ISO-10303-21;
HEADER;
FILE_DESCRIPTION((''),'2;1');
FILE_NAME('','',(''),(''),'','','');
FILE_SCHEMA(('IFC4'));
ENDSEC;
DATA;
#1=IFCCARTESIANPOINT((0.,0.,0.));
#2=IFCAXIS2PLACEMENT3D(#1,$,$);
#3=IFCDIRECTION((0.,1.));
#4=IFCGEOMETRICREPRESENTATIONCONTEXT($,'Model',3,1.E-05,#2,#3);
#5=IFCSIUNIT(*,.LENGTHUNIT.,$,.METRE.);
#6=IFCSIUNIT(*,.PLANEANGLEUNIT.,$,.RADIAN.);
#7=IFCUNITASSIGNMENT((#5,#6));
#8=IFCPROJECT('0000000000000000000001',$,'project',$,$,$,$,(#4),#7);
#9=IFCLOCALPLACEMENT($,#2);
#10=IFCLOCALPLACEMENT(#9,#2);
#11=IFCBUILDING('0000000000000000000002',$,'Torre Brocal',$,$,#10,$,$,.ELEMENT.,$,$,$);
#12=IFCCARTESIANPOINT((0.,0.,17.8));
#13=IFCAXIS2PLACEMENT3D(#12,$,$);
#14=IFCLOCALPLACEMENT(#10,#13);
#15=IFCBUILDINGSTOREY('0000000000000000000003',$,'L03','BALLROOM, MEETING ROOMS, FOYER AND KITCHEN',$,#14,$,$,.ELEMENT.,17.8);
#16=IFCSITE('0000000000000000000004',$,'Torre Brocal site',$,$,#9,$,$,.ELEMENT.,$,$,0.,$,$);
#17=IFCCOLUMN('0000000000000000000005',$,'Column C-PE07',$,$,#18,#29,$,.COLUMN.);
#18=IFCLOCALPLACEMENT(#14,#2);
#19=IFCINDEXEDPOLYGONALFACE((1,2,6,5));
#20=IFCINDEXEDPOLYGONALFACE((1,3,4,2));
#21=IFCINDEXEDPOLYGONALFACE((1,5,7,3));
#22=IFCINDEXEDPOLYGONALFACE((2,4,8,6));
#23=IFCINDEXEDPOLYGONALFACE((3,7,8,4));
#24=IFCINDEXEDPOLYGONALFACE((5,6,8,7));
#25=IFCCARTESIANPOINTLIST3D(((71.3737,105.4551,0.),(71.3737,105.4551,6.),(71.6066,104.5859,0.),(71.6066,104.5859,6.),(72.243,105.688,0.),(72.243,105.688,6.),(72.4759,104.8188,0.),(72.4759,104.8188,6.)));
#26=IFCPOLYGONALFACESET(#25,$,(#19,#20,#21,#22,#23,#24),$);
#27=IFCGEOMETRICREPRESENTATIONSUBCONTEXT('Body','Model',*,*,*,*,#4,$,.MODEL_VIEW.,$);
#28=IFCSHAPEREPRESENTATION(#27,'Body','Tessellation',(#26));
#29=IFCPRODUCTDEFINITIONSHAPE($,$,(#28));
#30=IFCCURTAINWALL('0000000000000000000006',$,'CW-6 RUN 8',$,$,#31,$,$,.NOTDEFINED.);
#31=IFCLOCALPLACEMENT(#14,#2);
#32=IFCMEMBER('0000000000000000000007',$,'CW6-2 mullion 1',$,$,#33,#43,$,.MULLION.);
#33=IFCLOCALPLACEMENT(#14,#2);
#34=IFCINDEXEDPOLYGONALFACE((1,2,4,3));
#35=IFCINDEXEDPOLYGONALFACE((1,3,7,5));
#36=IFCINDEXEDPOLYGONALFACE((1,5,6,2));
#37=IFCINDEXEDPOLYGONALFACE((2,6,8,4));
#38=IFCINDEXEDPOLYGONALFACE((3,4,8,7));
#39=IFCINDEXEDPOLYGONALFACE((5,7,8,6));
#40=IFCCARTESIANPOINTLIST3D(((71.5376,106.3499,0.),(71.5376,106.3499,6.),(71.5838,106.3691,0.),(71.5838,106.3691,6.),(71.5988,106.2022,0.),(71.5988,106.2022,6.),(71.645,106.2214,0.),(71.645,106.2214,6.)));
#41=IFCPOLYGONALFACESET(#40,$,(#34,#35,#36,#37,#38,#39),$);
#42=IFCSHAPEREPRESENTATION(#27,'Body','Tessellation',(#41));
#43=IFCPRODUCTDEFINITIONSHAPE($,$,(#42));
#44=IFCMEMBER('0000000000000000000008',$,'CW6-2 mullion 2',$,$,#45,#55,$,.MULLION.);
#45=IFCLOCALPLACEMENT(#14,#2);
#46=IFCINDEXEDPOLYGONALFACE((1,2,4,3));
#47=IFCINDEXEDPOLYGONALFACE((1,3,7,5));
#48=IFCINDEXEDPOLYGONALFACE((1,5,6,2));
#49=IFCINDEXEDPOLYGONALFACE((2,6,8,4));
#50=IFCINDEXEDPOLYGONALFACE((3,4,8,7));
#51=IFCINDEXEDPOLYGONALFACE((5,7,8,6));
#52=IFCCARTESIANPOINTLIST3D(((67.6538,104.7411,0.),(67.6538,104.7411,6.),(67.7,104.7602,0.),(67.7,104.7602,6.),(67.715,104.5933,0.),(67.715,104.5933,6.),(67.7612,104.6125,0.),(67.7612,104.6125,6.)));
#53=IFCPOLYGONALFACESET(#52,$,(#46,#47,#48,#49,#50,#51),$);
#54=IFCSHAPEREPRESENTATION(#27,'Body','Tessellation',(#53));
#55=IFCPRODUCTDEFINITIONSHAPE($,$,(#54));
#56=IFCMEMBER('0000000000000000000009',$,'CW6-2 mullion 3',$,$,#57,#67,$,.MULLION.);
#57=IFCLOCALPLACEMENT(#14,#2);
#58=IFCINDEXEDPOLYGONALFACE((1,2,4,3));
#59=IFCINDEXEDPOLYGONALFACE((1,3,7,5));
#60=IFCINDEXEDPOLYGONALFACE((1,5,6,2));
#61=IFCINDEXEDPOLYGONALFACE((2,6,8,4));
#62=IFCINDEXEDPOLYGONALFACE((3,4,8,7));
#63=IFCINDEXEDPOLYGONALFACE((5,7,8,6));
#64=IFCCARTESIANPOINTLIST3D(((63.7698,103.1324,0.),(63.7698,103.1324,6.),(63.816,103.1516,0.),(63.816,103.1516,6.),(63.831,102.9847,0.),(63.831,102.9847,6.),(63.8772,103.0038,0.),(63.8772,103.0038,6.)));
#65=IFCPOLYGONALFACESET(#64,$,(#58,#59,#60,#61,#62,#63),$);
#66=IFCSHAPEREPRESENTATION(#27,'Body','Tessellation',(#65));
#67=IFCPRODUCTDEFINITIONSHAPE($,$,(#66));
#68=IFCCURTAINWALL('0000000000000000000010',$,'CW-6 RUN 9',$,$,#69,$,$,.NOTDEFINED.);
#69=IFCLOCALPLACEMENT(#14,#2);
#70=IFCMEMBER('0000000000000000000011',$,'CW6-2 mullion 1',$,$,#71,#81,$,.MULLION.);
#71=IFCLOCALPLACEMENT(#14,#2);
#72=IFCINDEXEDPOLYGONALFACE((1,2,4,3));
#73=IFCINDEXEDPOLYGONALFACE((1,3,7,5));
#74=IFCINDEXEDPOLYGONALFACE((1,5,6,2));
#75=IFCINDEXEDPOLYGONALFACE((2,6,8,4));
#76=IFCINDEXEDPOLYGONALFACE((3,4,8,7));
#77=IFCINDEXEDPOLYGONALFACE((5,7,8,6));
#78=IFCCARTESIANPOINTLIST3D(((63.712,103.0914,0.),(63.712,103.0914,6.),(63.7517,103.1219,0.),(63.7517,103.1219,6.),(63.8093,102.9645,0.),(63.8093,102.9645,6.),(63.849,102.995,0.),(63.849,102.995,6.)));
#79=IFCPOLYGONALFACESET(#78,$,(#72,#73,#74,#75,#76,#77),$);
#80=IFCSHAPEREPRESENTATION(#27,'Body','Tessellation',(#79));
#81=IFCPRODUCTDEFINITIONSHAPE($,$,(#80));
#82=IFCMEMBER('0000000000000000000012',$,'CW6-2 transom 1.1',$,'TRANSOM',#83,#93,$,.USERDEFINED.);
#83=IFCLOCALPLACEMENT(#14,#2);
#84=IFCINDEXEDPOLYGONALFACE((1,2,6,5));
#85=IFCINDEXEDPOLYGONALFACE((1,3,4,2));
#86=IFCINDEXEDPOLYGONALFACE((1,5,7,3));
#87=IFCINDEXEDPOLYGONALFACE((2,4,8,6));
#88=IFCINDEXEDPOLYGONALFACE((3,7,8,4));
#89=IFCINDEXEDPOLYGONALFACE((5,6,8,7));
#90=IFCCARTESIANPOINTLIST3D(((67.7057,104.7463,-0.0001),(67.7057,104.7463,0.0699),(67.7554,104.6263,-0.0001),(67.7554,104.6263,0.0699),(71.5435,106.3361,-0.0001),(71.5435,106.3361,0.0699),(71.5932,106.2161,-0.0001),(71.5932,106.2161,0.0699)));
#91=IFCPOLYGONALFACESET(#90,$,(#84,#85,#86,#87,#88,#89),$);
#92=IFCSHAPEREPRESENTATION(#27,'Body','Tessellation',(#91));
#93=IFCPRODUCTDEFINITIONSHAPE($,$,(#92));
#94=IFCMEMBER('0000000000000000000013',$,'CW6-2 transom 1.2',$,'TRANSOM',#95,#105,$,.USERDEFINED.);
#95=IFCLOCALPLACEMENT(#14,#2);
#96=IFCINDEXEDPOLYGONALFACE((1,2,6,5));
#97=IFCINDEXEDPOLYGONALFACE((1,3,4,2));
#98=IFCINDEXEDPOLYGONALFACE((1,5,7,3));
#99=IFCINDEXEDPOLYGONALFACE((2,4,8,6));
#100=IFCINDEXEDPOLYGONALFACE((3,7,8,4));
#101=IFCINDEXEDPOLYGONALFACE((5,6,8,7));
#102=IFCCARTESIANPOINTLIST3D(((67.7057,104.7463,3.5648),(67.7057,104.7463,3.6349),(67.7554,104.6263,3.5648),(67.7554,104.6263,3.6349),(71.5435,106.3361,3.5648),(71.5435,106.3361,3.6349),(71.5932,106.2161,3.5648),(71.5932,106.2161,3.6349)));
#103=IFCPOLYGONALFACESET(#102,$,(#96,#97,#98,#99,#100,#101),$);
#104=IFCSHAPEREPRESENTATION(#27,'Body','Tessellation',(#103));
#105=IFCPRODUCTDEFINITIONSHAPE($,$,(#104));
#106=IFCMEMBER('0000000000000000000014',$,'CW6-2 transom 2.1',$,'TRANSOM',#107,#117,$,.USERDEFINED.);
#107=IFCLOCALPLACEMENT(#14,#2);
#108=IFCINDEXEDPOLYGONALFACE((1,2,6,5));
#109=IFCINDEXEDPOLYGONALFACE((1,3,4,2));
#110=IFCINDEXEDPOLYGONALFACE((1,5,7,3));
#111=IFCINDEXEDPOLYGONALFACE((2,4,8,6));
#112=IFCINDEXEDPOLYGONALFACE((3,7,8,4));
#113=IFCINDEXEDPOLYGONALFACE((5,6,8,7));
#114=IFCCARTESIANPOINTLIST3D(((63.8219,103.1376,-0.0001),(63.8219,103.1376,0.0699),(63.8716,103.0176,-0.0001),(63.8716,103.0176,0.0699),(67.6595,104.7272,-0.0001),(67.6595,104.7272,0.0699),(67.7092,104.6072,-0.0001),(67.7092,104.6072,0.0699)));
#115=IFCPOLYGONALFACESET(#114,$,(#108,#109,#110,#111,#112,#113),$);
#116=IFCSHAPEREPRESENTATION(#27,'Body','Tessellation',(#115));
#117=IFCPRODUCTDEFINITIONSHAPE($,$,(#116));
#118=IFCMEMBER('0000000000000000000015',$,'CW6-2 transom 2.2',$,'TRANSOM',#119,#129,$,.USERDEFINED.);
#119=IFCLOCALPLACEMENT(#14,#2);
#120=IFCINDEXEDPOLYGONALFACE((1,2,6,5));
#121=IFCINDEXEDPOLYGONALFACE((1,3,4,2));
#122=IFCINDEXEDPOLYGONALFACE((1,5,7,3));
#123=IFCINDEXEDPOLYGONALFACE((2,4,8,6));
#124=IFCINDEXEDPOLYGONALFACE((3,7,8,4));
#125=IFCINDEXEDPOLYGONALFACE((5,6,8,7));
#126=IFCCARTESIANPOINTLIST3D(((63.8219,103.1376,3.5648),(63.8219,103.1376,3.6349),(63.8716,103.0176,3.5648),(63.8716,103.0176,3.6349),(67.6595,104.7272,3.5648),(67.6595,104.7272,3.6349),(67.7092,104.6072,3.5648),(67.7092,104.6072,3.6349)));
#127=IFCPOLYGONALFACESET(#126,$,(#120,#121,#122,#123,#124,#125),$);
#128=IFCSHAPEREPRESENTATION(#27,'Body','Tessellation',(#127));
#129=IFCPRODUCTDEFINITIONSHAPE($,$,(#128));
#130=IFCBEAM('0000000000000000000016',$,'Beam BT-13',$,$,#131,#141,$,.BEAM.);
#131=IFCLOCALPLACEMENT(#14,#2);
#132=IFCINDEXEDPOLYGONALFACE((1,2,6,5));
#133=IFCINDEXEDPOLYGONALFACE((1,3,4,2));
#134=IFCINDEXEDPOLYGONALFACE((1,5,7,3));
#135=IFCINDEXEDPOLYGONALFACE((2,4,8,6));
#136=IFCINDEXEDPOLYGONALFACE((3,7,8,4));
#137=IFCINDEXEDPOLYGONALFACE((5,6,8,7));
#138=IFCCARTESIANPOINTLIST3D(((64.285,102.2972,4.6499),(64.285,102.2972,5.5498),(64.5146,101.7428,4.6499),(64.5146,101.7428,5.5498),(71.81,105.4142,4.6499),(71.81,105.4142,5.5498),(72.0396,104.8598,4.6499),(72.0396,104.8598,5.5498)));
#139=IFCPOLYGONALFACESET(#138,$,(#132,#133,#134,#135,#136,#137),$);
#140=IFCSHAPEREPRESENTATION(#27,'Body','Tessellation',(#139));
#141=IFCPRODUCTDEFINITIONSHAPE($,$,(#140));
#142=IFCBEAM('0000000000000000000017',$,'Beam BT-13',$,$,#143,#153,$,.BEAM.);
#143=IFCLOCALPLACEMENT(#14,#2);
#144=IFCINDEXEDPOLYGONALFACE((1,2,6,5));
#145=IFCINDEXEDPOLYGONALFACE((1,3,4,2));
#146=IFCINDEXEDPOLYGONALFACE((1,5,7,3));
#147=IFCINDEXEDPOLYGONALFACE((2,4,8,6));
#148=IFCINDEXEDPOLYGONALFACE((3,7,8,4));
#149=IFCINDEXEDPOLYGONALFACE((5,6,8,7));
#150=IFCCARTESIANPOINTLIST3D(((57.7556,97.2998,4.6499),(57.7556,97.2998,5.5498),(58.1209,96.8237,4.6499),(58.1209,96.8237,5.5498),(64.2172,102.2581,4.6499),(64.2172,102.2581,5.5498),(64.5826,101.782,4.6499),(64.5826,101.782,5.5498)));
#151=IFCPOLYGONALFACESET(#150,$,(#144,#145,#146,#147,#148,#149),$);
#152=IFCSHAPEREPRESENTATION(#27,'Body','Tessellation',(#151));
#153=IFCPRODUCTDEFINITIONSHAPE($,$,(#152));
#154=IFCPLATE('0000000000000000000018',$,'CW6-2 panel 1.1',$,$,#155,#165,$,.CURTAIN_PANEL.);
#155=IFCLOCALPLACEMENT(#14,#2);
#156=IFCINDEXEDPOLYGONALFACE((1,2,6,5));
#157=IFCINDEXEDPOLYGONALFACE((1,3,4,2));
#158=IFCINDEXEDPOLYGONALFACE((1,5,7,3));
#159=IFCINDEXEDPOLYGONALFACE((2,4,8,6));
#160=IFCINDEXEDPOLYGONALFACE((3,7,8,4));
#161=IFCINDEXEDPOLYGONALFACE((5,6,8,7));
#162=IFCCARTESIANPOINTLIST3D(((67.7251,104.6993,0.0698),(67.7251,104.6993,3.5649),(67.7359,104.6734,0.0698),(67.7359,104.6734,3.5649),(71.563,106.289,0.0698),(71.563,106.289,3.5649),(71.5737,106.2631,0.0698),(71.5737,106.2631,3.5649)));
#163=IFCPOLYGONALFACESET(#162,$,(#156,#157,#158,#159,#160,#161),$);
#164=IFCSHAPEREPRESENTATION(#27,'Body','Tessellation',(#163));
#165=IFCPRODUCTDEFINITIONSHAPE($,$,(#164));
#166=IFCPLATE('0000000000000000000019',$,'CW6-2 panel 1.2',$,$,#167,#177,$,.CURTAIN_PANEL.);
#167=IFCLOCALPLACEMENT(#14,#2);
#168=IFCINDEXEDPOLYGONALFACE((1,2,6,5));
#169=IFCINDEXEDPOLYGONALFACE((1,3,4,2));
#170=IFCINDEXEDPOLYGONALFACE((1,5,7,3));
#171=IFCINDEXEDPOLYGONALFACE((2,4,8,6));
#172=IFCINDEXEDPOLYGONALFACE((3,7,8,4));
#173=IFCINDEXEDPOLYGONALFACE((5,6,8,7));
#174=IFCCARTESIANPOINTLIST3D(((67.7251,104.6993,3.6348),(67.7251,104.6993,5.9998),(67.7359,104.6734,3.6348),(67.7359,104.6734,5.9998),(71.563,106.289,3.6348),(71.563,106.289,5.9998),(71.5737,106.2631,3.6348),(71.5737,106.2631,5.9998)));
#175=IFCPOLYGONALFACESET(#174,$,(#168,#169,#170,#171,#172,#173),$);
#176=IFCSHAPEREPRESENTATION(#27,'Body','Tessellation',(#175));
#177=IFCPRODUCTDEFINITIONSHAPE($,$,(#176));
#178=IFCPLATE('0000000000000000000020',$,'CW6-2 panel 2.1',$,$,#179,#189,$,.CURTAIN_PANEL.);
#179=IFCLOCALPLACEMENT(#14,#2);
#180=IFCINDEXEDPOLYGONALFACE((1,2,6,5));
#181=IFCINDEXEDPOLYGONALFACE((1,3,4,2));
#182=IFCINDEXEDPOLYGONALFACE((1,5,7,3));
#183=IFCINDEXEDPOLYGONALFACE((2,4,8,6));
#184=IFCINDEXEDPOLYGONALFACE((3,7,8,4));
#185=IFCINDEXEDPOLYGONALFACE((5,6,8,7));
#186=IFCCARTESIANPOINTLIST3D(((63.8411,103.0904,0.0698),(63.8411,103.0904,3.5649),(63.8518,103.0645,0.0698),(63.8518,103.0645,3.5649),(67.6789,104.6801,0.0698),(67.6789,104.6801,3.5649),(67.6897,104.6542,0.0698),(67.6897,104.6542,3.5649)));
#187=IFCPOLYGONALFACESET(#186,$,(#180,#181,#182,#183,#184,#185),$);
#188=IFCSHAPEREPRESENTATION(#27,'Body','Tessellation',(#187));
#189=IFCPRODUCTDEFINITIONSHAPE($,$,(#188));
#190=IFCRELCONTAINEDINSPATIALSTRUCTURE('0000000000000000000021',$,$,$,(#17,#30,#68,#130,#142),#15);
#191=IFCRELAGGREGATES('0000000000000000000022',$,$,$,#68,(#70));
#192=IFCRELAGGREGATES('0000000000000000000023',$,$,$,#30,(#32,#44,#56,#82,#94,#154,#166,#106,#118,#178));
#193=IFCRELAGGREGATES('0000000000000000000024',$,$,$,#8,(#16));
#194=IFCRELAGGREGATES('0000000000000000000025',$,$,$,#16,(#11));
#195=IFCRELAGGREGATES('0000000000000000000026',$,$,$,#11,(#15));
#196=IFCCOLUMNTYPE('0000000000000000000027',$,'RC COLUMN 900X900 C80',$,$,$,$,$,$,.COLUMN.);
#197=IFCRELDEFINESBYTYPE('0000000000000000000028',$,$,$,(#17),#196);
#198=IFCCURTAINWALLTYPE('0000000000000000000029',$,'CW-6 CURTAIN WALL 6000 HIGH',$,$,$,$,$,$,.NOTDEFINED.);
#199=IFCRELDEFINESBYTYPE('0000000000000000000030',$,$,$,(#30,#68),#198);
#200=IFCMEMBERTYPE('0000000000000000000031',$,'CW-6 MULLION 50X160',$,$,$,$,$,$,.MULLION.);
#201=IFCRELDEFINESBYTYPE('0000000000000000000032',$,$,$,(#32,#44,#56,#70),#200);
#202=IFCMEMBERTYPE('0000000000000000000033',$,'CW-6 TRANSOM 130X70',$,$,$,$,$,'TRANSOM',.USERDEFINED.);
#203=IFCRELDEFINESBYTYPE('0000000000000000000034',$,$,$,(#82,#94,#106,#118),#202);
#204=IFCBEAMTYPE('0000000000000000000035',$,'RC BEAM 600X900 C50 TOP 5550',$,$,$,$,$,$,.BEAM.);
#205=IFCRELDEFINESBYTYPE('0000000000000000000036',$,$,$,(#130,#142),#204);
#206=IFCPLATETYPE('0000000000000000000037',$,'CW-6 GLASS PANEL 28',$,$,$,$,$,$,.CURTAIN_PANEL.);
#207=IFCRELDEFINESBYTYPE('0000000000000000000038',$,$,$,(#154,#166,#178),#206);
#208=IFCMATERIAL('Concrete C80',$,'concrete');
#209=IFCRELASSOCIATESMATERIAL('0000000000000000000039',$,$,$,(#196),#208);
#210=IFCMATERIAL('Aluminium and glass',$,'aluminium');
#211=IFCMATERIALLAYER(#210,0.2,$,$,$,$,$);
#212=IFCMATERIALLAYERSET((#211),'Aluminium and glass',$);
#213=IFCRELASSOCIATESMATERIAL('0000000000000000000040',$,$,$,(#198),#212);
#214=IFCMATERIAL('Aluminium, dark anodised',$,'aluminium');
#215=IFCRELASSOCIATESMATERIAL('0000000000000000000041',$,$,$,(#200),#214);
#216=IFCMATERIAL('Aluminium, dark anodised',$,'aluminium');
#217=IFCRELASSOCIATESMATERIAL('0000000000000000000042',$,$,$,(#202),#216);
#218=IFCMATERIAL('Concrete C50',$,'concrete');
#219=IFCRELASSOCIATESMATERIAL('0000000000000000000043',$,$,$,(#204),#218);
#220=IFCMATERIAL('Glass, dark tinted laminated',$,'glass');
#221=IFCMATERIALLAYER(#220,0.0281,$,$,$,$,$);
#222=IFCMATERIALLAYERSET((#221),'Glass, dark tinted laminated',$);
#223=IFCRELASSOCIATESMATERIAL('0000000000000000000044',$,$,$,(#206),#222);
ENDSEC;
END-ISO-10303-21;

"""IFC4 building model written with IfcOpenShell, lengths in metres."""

from ifc_helpers import new_model, si_unit, direction, frame, origin, origin_2d, place, context, subcontext, project, spatial, rectangle, extrude, material, layer, layer_set, material_profile, profile_set, type_object, element, aggregate, save


model = new_model("IFC4")

# Units and contexts
model_context = context("Model", 3, precision=1e-05, world=origin(), true_north=direction((0.0, 1.0)))
body_context = subcontext(model_context, "Body", "Model", "MODEL_VIEW")
ifc_project = project(units=[si_unit("LENGTHUNIT", "METRE"), si_unit("PLANEANGLEUNIT", "RADIAN")], contexts=[model_context])

# Site, building, storey
site_placement = place(None, origin())
site = spatial("IfcSite", under=ifc_project, at=site_placement, Name="Torre Brocal site", CompositionType="ELEMENT", RefElevation=0.0)
building_placement = place(site_placement, origin())
building = spatial("IfcBuilding", under=site, at=building_placement, Name="Torre Brocal", CompositionType="ELEMENT")
storey_placement = place(building_placement, frame((0.0, 0.0, 17.8)))
storey = spatial("IfcBuildingStorey", under=building, at=storey_placement, Name="L03", Description="BALLROOM, MEETING ROOMS, FOYER AND KITCHEN", CompositionType="ELEMENT", Elevation=17.8)

# Column
ifc_material_1 = material(Name="Concrete C80", Category="concrete")
ifc_material_profile_1 = material_profile(ifc_material_1, rectangle(XDim=0.8999, YDim=0.8999, at=origin_2d()), Name="RC 900X900")
ifc_profile_set_1 = profile_set([ifc_material_profile_1], Name="Concrete C80")
column_type = type_object("IfcColumnType", Name="RC COLUMN 900X900 C80", PredefinedType="COLUMN", material=ifc_profile_set_1)
column_placement = place(storey_placement, frame((71.9248, 105.137, 0.0), z_axis=(0.0, 0.0, 1.0), x_axis=(-0.258819, 0.965926, 0.0)))
element("IfcColumn", 1, at=column_placement, inside=storey, type_object=column_type, Name="Column C-PE07", PredefinedType="COLUMN", context=body_context, shape_type="SweptSolid", body=[
    extrude(rectangle(XDim=0.8999, YDim=0.8999, at=origin_2d()), origin(), (0.0, 0.0, 1.0), 6.0),
])

# Curtain wall, members
ifc_material_2 = material(Name="Aluminium and glass", Category="aluminium")
ifc_layer_1 = layer(ifc_material_2, 0.2)
ifc_layer_set_1 = layer_set([ifc_layer_1], Name="Aluminium and glass")
curtain_wall_type = type_object("IfcCurtainWallType", Name="CW-6 CURTAIN WALL 6000 HIGH", PredefinedType="NOTDEFINED", material=ifc_layer_set_1)
curtain_wall_1_placement = place(storey_placement, origin())
curtain_wall_1 = element("IfcCurtainWall", 2, at=curtain_wall_1_placement, inside=storey, type_object=curtain_wall_type, Name="CW-6 RUN 8", PredefinedType="NOTDEFINED")
ifc_material_3 = material(Name="Aluminium, dark anodised", Category="aluminium")
ifc_material_profile_2 = material_profile(ifc_material_3, rectangle(XDim=0.1599, YDim=0.05, at=origin_2d()), Name="CW-6 MULLION 50X160")
ifc_profile_set_2 = profile_set([ifc_material_profile_2], Name="Aluminium, dark anodised")
member_type_1 = type_object("IfcMemberType", Name="CW-6 MULLION 50X160", PredefinedType="MULLION", material=ifc_profile_set_2)
member_1_placement = place(storey_placement, frame((71.5913, 106.2856, 0.0), z_axis=(0.0, 0.0, 1.0), x_axis=(0.382683, -0.92388, 0.0)))
member_1 = element("IfcMember", 3, at=member_1_placement, type_object=member_type_1, Name="CW6-2 mullion 1", PredefinedType="MULLION", context=body_context, shape_type="SweptSolid", body=[
    extrude(rectangle(XDim=0.1599, YDim=0.05, at=origin_2d()), origin(), (0.0, 0.0, 1.0), 6.0),
])
member_2_placement = place(storey_placement, frame((67.7075, 104.6768, 0.0), z_axis=(0.0, 0.0, 1.0), x_axis=(0.382683, -0.92388, 0.0)))
member_2 = element("IfcMember", 4, at=member_2_placement, type_object=member_type_1, Name="CW6-2 mullion 2", PredefinedType="MULLION", context=body_context, shape_type="SweptSolid", body=[
    extrude(rectangle(XDim=0.1599, YDim=0.05, at=origin_2d()), origin(), (0.0, 0.0, 1.0), 6.0),
])
member_3_placement = place(storey_placement, frame((63.8235, 103.0681, 0.0), z_axis=(0.0, 0.0, 1.0), x_axis=(0.382683, -0.92388, 0.0)))
member_3 = element("IfcMember", 5, at=member_3_placement, type_object=member_type_1, Name="CW6-2 mullion 3", PredefinedType="MULLION", context=body_context, shape_type="SweptSolid", body=[
    extrude(rectangle(XDim=0.1599, YDim=0.05, at=origin_2d()), origin(), (0.0, 0.0, 1.0), 6.0),
])

# Curtain wall, member
curtain_wall_2_placement = place(storey_placement, origin())
curtain_wall_2 = element("IfcCurtainWall", 6, at=curtain_wall_2_placement, inside=storey, type_object=curtain_wall_type, Name="CW-6 RUN 9", PredefinedType="NOTDEFINED")
member_4_placement = place(storey_placement, frame((63.7805, 103.0432, 0.0), z_axis=(0.0, 0.0, 1.0), x_axis=(0.608761, -0.793353, 0.0)))
member_4 = element("IfcMember", 7, at=member_4_placement, type_object=member_type_1, Name="CW6-2 mullion 1", PredefinedType="MULLION", context=body_context, shape_type="SweptSolid", body=[
    extrude(rectangle(XDim=0.1599, YDim=0.05, at=origin_2d()), origin(), (0.0, 0.0, 1.0), 6.0),
])
aggregate(curtain_wall_2, [member_4])

# Members
ifc_material_4 = material(Name="Aluminium, dark anodised", Category="aluminium")
ifc_material_profile_3 = material_profile(ifc_material_4, rectangle(XDim=0.1299, YDim=0.0701, at=origin_2d()), Name="CW-6 TRANSOM 130X70")
ifc_profile_set_3 = profile_set([ifc_material_profile_3], Name="Aluminium, dark anodised")
member_type_2 = type_object("IfcMemberType", Name="CW-6 TRANSOM 130X70", ElementType="TRANSOM", PredefinedType="USERDEFINED", material=ifc_profile_set_3)
member_5_placement = place(storey_placement, frame((71.5684, 106.2761, 0.0349), z_axis=(-0.923868, -0.382712, 0.0), x_axis=(0.382712, -0.923868, 0.0)))
member_5 = element("IfcMember", 8, at=member_5_placement, type_object=member_type_2, Name="CW6-2 transom 1.1", ObjectType="TRANSOM", PredefinedType="USERDEFINED", context=body_context, shape_type="SweptSolid", body=[
    extrude(rectangle(XDim=0.1299, YDim=0.0701, at=origin_2d()), origin(), (0.0, 0.0, 1.0), 4.1541),
])
member_6_placement = place(storey_placement, frame((71.5684, 106.2761, 3.5999), z_axis=(-0.923868, -0.382712, 0.0), x_axis=(0.382712, -0.923868, 0.0)))
member_6 = element("IfcMember", 9, at=member_6_placement, type_object=member_type_2, Name="CW6-2 transom 1.2", ObjectType="TRANSOM", PredefinedType="USERDEFINED", context=body_context, shape_type="SweptSolid", body=[
    extrude(rectangle(XDim=0.1299, YDim=0.0701, at=origin_2d()), origin(), (0.0, 0.0, 1.0), 4.1541),
])
member_7_placement = place(storey_placement, frame((67.6843, 104.6672, 0.0349), z_axis=(-0.92388, -0.382682, 0.0), x_axis=(0.382682, -0.92388, 0.0)))
member_7 = element("IfcMember", 10, at=member_7_placement, type_object=member_type_2, Name="CW6-2 transom 2.1", ObjectType="TRANSOM", PredefinedType="USERDEFINED", context=body_context, shape_type="SweptSolid", body=[
    extrude(rectangle(XDim=0.1299, YDim=0.0701, at=origin_2d()), origin(), (0.0, 0.0, 1.0), 4.1538),
])
member_8_placement = place(storey_placement, frame((67.6843, 104.6672, 3.5999), z_axis=(-0.92388, -0.382682, 0.0), x_axis=(0.382682, -0.92388, 0.0)))
member_8 = element("IfcMember", 11, at=member_8_placement, type_object=member_type_2, Name="CW6-2 transom 2.2", ObjectType="TRANSOM", PredefinedType="USERDEFINED", context=body_context, shape_type="SweptSolid", body=[
    extrude(rectangle(XDim=0.1299, YDim=0.0701, at=origin_2d()), origin(), (0.0, 0.0, 1.0), 4.1538),
])

# Beams
ifc_material_5 = material(Name="Concrete C50", Category="concrete")
ifc_material_profile_4 = material_profile(ifc_material_5, rectangle(XDim=0.6001, YDim=0.8999, at=origin_2d()), Name="RC 600X900")
ifc_profile_set_4 = profile_set([ifc_material_profile_4], Name="Concrete C50")
beam_type = type_object("IfcBeamType", Name="RC BEAM 600X900 C50 TOP 5550", PredefinedType="BEAM", material=ifc_profile_set_4)
beam_1_placement = place(storey_placement, frame((71.9248, 105.137, 5.0999), z_axis=(-0.923878, -0.382686, 0.0), x_axis=(0.382686, -0.923878, 0.0)))
element("IfcBeam", 12, at=beam_1_placement, inside=storey, type_object=beam_type, Name="Beam BT-13", PredefinedType="BEAM", context=body_context, shape_type="SweptSolid", body=[
    extrude(rectangle(XDim=0.6001, YDim=0.8999, at=origin_2d()), origin(), (0.0, 0.0, 1.0), 8.145),
])
beam_2_placement = place(storey_placement, frame((64.3999, 102.02, 5.0999), z_axis=(-0.793351, -0.608764, 0.0), x_axis=(0.608764, -0.793351, 0.0)))
element("IfcBeam", 13, at=beam_2_placement, inside=storey, type_object=beam_type, Name="Beam BT-13", PredefinedType="BEAM", context=body_context, shape_type="SweptSolid", body=[
    extrude(rectangle(XDim=0.6001, YDim=0.8999, at=origin_2d()), origin(), (0.0, 0.0, 1.0), 8.1448),
])

# Plates
ifc_material_6 = material(Name="Glass, dark tinted laminated", Category="glass")
ifc_layer_2 = layer(ifc_material_6, 0.0281)
ifc_layer_set_2 = layer_set([ifc_layer_2], Name="Glass, dark tinted laminated")
plate_type = type_object("IfcPlateType", Name="CW-6 GLASS PANEL 28", PredefinedType="CURTAIN_PANEL", material=ifc_layer_set_2)
plate_1_placement = place(storey_placement, frame((69.6494, 105.4812, 0.0698), z_axis=(0.0, 0.0, 1.0), x_axis=(-0.92388, -0.382683, 0.0)))
plate_1 = element("IfcPlate", 14, at=plate_1_placement, type_object=plate_type, Name="CW6-2 panel 1.1", PredefinedType="CURTAIN_PANEL", context=body_context, shape_type="SweptSolid", body=[
    extrude(rectangle(XDim=4.1541, YDim=0.0281, at=origin_2d()), origin(), (0.0, 0.0, 1.0), 3.4951),
])
plate_2_placement = place(storey_placement, frame((69.6494, 105.4812, 3.6348), z_axis=(0.0, 0.0, 1.0), x_axis=(-0.92388, -0.382683, 0.0)))
plate_2 = element("IfcPlate", 15, at=plate_2_placement, type_object=plate_type, Name="CW6-2 panel 1.2", PredefinedType="CURTAIN_PANEL", context=body_context, shape_type="SweptSolid", body=[
    extrude(rectangle(XDim=4.1541, YDim=0.0281, at=origin_2d()), origin(), (0.0, 0.0, 1.0), 2.365),
])
plate_3_placement = place(storey_placement, frame((65.7654, 103.8723, 0.0698), z_axis=(0.0, 0.0, 1.0), x_axis=(-0.92388, -0.382683, 0.0)))
plate_3 = element("IfcPlate", 16, at=plate_3_placement, type_object=plate_type, Name="CW6-2 panel 2.1", PredefinedType="CURTAIN_PANEL", context=body_context, shape_type="SweptSolid", body=[
    extrude(rectangle(XDim=4.1541, YDim=0.0281, at=origin_2d()), origin(), (0.0, 0.0, 1.0), 3.4951),
])
aggregate(curtain_wall_1, [member_1, member_2, member_3, member_5, member_6, plate_1, plate_2, member_7, member_8, plate_3])

save(model, "model.ifc")
